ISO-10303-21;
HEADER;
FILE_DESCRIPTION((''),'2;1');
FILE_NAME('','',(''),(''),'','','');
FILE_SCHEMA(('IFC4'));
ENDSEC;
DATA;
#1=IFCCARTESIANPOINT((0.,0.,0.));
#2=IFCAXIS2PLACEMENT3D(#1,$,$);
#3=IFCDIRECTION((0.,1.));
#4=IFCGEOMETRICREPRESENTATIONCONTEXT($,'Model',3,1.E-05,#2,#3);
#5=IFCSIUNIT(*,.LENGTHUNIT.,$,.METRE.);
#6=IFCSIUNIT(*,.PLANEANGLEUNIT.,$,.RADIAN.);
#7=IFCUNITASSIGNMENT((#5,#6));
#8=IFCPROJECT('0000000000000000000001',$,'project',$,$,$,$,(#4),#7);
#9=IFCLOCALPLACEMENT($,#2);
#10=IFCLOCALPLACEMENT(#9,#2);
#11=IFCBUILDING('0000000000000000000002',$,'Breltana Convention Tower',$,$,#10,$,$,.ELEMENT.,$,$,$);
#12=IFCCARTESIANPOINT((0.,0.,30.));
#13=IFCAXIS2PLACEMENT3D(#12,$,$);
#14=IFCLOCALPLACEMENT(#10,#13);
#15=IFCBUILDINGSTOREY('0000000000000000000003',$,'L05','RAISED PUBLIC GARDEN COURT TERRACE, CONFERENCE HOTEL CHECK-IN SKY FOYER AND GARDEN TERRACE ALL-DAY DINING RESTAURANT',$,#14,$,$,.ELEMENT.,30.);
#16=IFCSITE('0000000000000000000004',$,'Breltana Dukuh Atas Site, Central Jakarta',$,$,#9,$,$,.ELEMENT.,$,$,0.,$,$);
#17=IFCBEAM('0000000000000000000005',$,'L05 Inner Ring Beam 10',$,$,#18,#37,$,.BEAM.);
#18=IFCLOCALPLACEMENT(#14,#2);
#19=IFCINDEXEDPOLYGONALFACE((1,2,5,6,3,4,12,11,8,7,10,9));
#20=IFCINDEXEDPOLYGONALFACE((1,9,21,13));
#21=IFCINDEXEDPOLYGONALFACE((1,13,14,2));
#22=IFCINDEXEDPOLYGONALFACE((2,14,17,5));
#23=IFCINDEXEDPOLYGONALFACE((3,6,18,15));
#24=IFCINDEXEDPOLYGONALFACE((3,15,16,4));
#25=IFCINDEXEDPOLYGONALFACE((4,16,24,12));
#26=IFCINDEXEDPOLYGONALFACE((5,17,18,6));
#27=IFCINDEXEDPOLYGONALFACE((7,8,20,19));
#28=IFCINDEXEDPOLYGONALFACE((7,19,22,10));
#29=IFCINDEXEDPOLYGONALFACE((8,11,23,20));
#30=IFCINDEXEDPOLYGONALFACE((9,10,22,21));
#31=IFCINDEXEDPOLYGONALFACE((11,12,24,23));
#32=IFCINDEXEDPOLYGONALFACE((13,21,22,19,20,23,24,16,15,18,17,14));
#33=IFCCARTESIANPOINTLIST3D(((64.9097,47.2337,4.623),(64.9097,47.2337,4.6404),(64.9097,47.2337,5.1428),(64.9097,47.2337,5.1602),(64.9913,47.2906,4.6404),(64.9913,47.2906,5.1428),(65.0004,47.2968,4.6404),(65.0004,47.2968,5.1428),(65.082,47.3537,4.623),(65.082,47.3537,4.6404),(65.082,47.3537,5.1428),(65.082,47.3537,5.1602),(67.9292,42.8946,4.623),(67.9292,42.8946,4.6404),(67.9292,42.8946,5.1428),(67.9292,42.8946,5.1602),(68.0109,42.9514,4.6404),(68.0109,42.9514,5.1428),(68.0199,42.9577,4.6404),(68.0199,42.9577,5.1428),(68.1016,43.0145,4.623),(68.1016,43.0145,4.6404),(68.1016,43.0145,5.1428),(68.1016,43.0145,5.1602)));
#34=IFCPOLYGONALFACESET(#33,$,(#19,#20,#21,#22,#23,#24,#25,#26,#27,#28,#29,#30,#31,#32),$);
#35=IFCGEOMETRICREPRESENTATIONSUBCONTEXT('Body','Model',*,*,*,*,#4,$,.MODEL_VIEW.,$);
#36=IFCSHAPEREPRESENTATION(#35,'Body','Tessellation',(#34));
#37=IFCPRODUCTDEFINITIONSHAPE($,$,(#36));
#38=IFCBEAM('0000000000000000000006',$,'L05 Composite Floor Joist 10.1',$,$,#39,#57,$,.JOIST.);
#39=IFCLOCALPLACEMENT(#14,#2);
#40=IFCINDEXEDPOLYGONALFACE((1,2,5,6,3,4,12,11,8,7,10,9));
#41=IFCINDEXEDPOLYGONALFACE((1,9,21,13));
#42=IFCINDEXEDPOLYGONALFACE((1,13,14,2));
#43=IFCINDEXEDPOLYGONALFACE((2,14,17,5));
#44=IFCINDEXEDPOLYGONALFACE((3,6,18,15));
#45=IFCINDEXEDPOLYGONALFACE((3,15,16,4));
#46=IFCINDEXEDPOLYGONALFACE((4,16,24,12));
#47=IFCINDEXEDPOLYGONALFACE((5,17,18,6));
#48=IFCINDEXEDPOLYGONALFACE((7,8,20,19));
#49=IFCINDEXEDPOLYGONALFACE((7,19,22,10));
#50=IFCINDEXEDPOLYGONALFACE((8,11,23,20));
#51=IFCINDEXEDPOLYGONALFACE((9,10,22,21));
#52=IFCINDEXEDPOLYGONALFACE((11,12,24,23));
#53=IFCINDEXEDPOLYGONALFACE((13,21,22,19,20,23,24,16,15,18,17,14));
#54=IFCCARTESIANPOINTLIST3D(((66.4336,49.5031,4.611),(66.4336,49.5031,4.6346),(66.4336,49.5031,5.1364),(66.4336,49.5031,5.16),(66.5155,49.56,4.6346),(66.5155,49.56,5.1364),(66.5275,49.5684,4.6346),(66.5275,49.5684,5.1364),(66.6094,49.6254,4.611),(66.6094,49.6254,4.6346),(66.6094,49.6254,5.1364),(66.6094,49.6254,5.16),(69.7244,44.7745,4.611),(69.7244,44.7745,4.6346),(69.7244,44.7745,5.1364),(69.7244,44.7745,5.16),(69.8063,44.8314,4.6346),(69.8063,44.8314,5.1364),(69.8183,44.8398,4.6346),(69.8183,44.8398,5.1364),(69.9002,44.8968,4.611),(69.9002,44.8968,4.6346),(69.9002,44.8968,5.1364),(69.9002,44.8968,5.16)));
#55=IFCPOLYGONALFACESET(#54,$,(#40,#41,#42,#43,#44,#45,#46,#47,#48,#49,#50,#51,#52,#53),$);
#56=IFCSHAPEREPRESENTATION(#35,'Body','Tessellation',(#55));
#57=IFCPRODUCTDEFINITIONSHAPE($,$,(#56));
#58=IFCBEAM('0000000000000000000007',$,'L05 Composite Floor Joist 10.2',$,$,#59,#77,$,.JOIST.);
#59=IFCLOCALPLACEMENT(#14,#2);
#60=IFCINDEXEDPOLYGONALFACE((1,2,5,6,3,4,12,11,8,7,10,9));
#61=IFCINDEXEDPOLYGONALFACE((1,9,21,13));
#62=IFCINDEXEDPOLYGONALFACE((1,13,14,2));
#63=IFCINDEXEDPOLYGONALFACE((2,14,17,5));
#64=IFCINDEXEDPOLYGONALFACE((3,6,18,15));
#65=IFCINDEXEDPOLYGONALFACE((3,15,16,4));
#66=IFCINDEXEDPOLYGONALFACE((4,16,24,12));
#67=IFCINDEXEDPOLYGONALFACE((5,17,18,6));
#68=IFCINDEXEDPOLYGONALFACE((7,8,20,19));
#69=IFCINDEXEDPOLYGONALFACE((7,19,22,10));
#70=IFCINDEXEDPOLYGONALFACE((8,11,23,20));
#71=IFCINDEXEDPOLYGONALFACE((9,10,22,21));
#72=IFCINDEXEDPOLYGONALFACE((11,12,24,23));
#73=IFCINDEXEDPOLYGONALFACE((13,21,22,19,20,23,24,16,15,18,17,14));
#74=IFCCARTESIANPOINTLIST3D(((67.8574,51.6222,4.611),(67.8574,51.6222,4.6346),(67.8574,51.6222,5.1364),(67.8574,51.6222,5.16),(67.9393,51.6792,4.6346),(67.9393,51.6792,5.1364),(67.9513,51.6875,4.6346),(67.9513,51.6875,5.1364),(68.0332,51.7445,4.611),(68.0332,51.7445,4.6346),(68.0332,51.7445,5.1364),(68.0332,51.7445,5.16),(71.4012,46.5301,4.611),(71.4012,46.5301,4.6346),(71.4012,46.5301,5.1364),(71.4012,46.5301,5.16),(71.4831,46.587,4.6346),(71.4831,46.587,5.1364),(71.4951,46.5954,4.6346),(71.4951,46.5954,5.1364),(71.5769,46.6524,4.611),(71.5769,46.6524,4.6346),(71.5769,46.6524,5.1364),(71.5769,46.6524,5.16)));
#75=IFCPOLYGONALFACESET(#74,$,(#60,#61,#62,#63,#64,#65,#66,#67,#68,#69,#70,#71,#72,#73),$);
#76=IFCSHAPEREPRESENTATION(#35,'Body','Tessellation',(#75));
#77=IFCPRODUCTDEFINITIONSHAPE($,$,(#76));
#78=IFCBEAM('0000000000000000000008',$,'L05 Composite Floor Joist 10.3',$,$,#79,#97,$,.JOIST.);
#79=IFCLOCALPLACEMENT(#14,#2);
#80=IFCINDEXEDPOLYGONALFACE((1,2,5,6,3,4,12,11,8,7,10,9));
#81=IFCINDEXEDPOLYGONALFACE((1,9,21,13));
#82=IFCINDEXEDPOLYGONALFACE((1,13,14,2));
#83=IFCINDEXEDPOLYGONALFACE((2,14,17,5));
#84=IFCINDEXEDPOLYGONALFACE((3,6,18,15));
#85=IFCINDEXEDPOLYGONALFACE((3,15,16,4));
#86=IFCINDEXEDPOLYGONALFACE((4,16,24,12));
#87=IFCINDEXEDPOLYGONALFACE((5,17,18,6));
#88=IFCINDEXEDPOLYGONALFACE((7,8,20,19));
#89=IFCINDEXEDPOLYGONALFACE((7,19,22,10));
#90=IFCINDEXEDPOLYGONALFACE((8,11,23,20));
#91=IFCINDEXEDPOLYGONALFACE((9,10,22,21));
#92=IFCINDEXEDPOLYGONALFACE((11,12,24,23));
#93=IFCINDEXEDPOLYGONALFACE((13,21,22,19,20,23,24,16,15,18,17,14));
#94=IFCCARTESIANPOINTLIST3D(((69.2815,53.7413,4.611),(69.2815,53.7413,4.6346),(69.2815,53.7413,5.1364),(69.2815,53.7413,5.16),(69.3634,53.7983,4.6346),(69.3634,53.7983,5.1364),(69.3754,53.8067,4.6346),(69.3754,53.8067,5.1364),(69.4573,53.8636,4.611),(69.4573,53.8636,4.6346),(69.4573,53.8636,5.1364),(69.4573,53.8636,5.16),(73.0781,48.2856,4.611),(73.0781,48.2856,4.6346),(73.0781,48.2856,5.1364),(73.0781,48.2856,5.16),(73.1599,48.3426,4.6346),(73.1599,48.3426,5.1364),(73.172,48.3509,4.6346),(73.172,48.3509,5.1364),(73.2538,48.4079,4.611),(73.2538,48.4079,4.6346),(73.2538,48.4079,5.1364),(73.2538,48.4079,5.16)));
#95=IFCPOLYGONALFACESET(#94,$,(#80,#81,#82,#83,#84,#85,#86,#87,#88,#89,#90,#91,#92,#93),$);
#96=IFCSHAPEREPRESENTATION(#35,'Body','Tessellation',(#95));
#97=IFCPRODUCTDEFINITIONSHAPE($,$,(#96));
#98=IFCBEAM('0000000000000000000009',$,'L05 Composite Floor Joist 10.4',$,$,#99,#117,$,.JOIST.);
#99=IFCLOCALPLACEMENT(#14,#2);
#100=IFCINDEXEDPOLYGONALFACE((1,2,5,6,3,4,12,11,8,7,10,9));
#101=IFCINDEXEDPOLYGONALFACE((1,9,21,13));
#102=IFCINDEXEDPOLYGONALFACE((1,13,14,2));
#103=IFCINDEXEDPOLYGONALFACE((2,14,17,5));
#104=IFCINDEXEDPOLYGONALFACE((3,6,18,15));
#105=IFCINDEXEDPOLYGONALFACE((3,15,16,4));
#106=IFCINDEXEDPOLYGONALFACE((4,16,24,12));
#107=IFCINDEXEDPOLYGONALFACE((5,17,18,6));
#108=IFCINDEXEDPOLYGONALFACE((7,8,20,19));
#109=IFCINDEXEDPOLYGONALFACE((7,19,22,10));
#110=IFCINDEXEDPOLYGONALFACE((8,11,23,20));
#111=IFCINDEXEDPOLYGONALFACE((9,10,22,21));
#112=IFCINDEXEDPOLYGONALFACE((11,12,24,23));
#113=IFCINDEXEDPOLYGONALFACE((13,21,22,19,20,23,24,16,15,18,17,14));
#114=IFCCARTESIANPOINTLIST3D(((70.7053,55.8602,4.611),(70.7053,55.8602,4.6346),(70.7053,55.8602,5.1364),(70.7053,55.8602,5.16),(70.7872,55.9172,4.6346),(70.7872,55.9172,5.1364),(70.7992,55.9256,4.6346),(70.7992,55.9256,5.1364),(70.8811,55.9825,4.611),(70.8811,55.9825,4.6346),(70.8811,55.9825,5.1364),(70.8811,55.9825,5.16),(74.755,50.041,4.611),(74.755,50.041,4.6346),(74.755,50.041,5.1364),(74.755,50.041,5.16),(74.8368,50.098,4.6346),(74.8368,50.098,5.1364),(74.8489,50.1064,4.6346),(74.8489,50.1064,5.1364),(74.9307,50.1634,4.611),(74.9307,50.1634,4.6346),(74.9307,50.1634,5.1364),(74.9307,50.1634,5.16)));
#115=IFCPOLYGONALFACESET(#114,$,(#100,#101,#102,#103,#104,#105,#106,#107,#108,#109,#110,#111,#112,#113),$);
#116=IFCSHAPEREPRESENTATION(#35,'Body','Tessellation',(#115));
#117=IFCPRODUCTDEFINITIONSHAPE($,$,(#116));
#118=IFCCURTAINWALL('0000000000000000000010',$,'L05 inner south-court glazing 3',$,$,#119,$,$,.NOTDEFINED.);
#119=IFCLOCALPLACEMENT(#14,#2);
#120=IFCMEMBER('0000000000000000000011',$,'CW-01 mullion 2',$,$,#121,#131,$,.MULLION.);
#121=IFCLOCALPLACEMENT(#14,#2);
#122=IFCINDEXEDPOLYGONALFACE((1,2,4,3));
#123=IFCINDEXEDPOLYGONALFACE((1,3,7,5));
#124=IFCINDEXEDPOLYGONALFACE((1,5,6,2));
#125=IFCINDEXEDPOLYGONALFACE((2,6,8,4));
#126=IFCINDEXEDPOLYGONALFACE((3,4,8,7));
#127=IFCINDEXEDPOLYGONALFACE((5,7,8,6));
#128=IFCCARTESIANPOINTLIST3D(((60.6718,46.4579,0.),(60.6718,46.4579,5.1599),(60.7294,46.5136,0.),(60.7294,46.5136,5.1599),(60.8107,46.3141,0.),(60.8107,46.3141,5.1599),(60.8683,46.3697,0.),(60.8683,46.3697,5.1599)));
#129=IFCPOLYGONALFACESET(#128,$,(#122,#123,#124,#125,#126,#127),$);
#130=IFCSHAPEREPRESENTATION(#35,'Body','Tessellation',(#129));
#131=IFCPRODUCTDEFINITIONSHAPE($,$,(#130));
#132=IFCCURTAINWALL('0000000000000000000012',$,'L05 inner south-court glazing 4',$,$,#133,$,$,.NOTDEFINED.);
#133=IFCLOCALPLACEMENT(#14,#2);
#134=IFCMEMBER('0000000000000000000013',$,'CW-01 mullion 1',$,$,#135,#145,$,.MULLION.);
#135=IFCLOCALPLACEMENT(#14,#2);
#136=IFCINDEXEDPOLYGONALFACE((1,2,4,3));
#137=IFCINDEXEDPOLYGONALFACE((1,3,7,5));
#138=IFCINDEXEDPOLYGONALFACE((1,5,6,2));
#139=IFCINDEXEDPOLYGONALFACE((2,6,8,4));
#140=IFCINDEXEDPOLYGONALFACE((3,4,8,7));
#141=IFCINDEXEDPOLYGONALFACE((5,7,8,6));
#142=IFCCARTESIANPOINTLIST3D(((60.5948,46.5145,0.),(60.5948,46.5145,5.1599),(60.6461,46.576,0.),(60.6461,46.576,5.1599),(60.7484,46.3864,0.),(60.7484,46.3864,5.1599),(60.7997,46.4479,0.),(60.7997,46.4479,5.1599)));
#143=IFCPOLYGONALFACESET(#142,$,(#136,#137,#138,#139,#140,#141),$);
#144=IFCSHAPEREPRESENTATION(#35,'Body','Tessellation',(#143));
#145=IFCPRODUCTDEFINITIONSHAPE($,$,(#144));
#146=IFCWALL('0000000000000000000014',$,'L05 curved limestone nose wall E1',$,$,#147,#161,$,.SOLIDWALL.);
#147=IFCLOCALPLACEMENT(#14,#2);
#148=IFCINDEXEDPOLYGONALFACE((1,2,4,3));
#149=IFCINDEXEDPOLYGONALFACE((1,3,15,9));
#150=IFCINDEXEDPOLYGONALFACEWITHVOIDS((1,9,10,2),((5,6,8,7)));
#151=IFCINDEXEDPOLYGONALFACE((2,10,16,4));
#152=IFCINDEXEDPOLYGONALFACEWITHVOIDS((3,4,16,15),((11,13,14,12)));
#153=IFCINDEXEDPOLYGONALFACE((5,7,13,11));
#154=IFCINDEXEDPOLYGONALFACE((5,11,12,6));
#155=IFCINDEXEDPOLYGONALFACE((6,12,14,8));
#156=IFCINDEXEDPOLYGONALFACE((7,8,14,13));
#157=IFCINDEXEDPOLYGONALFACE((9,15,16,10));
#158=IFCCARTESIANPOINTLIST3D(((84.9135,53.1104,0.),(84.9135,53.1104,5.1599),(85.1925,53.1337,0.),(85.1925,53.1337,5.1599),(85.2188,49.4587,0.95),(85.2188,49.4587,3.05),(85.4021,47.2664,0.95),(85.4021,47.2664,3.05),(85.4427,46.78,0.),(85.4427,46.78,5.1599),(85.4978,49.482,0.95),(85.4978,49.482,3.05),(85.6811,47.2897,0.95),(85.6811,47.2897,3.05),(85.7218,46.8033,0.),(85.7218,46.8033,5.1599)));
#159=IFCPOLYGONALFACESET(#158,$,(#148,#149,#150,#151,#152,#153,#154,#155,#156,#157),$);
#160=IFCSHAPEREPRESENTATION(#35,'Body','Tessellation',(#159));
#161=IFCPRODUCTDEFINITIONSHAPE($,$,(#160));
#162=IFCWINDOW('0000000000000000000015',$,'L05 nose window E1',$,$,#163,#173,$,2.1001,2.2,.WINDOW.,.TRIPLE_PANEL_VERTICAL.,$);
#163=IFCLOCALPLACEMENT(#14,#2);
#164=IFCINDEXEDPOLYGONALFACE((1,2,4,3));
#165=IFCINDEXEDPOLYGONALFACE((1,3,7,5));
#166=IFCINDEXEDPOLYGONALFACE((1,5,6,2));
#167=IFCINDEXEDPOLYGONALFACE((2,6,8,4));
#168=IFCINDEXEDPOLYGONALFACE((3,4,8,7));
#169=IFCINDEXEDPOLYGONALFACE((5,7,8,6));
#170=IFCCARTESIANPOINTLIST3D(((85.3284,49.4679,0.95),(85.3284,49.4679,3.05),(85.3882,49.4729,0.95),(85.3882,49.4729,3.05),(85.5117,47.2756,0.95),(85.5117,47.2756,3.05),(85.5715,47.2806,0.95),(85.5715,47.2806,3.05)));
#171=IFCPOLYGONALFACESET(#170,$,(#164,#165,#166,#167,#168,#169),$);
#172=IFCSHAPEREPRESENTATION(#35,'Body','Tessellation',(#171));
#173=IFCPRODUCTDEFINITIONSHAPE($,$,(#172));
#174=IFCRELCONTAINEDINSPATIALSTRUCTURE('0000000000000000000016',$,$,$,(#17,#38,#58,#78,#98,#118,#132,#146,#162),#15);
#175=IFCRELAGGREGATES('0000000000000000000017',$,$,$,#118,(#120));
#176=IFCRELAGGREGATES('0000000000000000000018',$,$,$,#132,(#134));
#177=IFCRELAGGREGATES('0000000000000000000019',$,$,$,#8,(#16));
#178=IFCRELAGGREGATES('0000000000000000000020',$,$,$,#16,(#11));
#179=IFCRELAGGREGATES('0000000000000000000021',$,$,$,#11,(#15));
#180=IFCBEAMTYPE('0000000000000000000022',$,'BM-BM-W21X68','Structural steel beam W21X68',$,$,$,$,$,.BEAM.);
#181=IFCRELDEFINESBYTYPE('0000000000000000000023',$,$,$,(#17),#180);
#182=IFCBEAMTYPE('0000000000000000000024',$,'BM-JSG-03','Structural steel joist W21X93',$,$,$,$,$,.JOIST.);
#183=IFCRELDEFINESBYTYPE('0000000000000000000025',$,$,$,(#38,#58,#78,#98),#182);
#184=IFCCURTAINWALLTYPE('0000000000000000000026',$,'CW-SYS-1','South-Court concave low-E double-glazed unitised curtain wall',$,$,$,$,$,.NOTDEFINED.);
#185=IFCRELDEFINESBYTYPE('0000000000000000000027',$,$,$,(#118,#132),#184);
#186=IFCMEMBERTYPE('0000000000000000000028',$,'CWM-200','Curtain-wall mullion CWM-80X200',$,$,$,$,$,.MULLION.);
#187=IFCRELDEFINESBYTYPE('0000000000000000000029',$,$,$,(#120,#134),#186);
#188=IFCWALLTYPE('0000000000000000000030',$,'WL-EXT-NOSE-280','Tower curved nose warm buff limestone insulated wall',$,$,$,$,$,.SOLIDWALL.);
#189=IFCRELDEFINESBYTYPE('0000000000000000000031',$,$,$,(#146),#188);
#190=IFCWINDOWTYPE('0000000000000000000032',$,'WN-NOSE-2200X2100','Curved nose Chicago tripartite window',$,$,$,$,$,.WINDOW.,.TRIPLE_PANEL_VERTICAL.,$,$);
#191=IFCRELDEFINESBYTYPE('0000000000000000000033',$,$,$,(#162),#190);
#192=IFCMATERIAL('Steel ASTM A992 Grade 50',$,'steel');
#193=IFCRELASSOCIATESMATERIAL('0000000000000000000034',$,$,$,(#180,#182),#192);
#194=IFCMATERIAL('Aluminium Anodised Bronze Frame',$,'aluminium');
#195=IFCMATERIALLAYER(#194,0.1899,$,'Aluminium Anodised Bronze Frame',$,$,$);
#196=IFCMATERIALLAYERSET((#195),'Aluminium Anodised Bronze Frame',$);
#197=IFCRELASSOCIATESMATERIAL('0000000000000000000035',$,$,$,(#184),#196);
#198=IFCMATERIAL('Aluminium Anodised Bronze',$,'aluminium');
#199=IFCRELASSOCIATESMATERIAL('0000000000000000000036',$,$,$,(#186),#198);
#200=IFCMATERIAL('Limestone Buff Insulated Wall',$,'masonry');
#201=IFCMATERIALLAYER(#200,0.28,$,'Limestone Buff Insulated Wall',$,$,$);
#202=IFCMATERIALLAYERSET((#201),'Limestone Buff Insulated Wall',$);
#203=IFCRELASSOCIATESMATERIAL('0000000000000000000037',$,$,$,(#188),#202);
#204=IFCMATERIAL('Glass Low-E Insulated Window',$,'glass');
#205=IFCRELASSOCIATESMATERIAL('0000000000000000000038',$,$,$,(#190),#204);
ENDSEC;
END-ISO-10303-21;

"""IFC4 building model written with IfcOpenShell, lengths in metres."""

from ifc_helpers import new_model, si_unit, direction, frame, frame_2d, origin, origin_2d, place, context, subcontext, project, spatial, rectangle, i_section, extrude, source, transform, mapped, material, layer, layer_set, material_profile, profile_set, type_object, type_shapes, element, fill, aggregate, save


model = new_model("IFC4")

# Units and contexts
model_context = context("Model", 3, precision=1e-05, world=origin(), true_north=direction((0.0, 1.0)))
body_context = subcontext(model_context, "Body", "Model", "MODEL_VIEW")
ifc_project = project(units=[si_unit("LENGTHUNIT", "METRE"), si_unit("PLANEANGLEUNIT", "RADIAN")], contexts=[model_context])

# Site, building, storey
site_placement = place(None, origin())
site = spatial("IfcSite", under=ifc_project, at=site_placement, Name="Breltana Dukuh Atas Site, Central Jakarta", CompositionType="ELEMENT", RefElevation=0.0)
building_placement = place(site_placement, origin())
building = spatial("IfcBuilding", under=site, at=building_placement, Name="Breltana Convention Tower", CompositionType="ELEMENT")
storey_placement = place(building_placement, frame((0.0, 0.0, 30.0)))
storey = spatial("IfcBuildingStorey", under=building, at=storey_placement, Name="L05", Description="RAISED PUBLIC GARDEN COURT TERRACE, CONFERENCE HOTEL CHECK-IN SKY FOYER AND GARDEN TERRACE ALL-DAY DINING RESTAURANT", CompositionType="ELEMENT", Elevation=30.0)

# Beams
ifc_material_1 = material(Name="Steel ASTM A992 Grade 50", Category="steel")
ifc_material_profile_1 = material_profile(ifc_material_1, i_section(OverallWidth=0.21, OverallDepth=0.5371, WebThickness=0.011, FlangeThickness=0.0173, at=origin_2d()), Name="W21X68")
ifc_profile_set_1 = profile_set([ifc_material_profile_1], Name="Steel ASTM A992 Grade 50")
beam_type_1 = type_object("IfcBeamType", Name="BM-BM-W21X68", Description="Structural steel beam W21X68", PredefinedType="BEAM", material=ifc_profile_set_1)
ifc_material_profile_2 = material_profile(ifc_material_1, i_section(OverallWidth=0.2141, OverallDepth=0.5491, WebThickness=0.0146, FlangeThickness=0.0237, at=origin_2d()), Name="W21X93")
ifc_profile_set_2 = profile_set([ifc_material_profile_2], Name="Steel ASTM A992 Grade 50")
beam_type_2 = type_object("IfcBeamType", Name="BM-JSG-03", Description="Structural steel joist W21X93", PredefinedType="JOIST", material=ifc_profile_set_2)
shared_shape_1 = source(origin(), body_context, "Body", "SweptSolid", [
    extrude(i_section(OverallWidth=0.21, OverallDepth=0.5371, WebThickness=0.011, FlangeThickness=0.0173, at=origin_2d()), origin(), (0.0, 0.0, 1.0), 5.2864),
])
beam_1_placement = place(storey_placement, frame((64.9958, 47.2937, 4.8916), z_axis=(0.571194, -0.820815, 0.0), x_axis=(0.820815, 0.571194, 0.0)))
element("IfcBeam", 1, at=beam_1_placement, inside=storey, type_object=beam_type_1, Name="L05 Inner Ring Beam 10", PredefinedType="BEAM", context=body_context, shape_type="MappedRepresentation", body=[
    mapped(shared_shape_1, transform((0.0, 0.0, 0.0), scale=1.0)),
])
shared_shape_2 = source(origin(), body_context, "Body", "SweptSolid", [
    extrude(i_section(OverallWidth=0.2141, OverallDepth=0.5491, WebThickness=0.0146, FlangeThickness=0.0237, at=origin_2d()), origin(), (0.0, 0.0, 1.0), 5.761),
])
beam_2_placement = place(storey_placement, frame((66.5215, 49.5642, 4.8855), z_axis=(0.571225, -0.820794, 0.0), x_axis=(0.820794, 0.571225, 0.0)))
element("IfcBeam", 2, at=beam_2_placement, inside=storey, type_object=beam_type_2, Name="L05 Composite Floor Joist 10.1", PredefinedType="JOIST", context=body_context, shape_type="MappedRepresentation", body=[
    mapped(shared_shape_2, transform((0.0, 0.0, 0.0), scale=1.0)),
])
shared_shape_3 = source(origin(), body_context, "Body", "SweptSolid", [
    extrude(i_section(OverallWidth=0.2141, OverallDepth=0.5491, WebThickness=0.0146, FlangeThickness=0.0237, at=origin_2d()), origin(), (0.0, 0.0, 1.0), 6.2039),
])
beam_3_placement = place(storey_placement, frame((67.9453, 51.6833, 4.8855), z_axis=(0.571218, -0.820799, 0.0), x_axis=(0.820799, 0.571218, 0.0)))
element("IfcBeam", 3, at=beam_3_placement, inside=storey, type_object=beam_type_2, Name="L05 Composite Floor Joist 10.2", PredefinedType="JOIST", context=body_context, shape_type="MappedRepresentation", body=[
    mapped(shared_shape_3, transform((0.0, 0.0, 0.0), scale=1.0)),
])
shared_shape_4 = source(origin(), body_context, "Body", "SweptSolid", [
    extrude(i_section(OverallWidth=0.2141, OverallDepth=0.5491, WebThickness=0.0146, FlangeThickness=0.0237, at=origin_2d()), origin(), (0.0, 0.0, 1.0), 6.6467),
])
beam_4_placement = place(storey_placement, frame((69.3694, 53.8025, 4.8855), z_axis=(0.571195, -0.820815, 0.0), x_axis=(0.820815, 0.571195, 0.0)))
element("IfcBeam", 4, at=beam_4_placement, inside=storey, type_object=beam_type_2, Name="L05 Composite Floor Joist 10.3", PredefinedType="JOIST", context=body_context, shape_type="MappedRepresentation", body=[
    mapped(shared_shape_4, transform((0.0, 0.0, 0.0), scale=1.0)),
])
shared_shape_5 = source(origin(), body_context, "Body", "SweptSolid", [
    extrude(i_section(OverallWidth=0.2141, OverallDepth=0.5491, WebThickness=0.0146, FlangeThickness=0.0237, at=origin_2d()), origin(), (0.0, 0.0, 1.0), 7.0896),
])
beam_5_placement = place(storey_placement, frame((70.7932, 55.9214, 4.8855), z_axis=(0.571207, -0.820806, 0.0), x_axis=(0.820806, 0.571207, 0.0)))
element("IfcBeam", 5, at=beam_5_placement, inside=storey, type_object=beam_type_2, Name="L05 Composite Floor Joist 10.4", PredefinedType="JOIST", context=body_context, shape_type="MappedRepresentation", body=[
    mapped(shared_shape_5, transform((0.0, 0.0, 0.0), scale=1.0)),
])

# Curtain walls, members
ifc_material_2 = material(Name="Aluminium Anodised Bronze Frame", Category="aluminium")
ifc_layer_1 = layer(ifc_material_2, 0.1899, Name="Aluminium Anodised Bronze Frame")
ifc_layer_set_1 = layer_set([ifc_layer_1], Name="Aluminium Anodised Bronze Frame")
curtain_wall_type = type_object("IfcCurtainWallType", Name="CW-SYS-1", Description="South-Court concave low-E double-glazed unitised curtain wall", PredefinedType="NOTDEFINED", material=ifc_layer_set_1)
curtain_wall_1_placement = place(storey_placement, origin())
curtain_wall_1 = element("IfcCurtainWall", 6, at=curtain_wall_1_placement, inside=storey, type_object=curtain_wall_type, Name="L05 inner south-court glazing 3", PredefinedType="NOTDEFINED")
ifc_material_3 = material(Name="Aluminium Anodised Bronze", Category="aluminium")
ifc_material_profile_3 = material_profile(ifc_material_3, rectangle(XDim=0.0801, YDim=0.2, at=origin_2d()), Name="CWM-80X200")
ifc_profile_set_3 = profile_set([ifc_material_profile_3], Name="Aluminium Anodised Bronze")
member_type = type_object("IfcMemberType", Name="CWM-200", Description="Curtain-wall mullion CWM-80X200", PredefinedType="MULLION", material=ifc_profile_set_3)
shared_shape_6 = source(origin(), body_context, "Body", "SweptSolid", [
    extrude(rectangle(XDim=0.0801, YDim=0.2, at=origin_2d()), origin(), (0.0, 0.0, 1.0), 5.1599),
])
type_shapes(member_type, [shared_shape_6])
member_1_placement = place(storey_placement, frame((60.77, 46.4138, 0.0), z_axis=(0.0, 0.0, 1.0), x_axis=(-0.719385, -0.694612, 0.0)))
member_1 = element("IfcMember", 7, at=member_1_placement, type_object=member_type, Name="CW-01 mullion 2", PredefinedType="MULLION", context=body_context, shape_type="MappedRepresentation", body=[
    mapped(shared_shape_6, transform((0.0, 0.0, 0.0), scale=1.0)),
])
aggregate(curtain_wall_1, [member_1])
curtain_wall_2_placement = place(storey_placement, origin())
curtain_wall_2 = element("IfcCurtainWall", 8, at=curtain_wall_2_placement, inside=storey, type_object=curtain_wall_type, Name="L05 inner south-court glazing 4", PredefinedType="NOTDEFINED")
member_2_placement = place(storey_placement, frame((60.6973, 46.4812, 0.0), z_axis=(0.0, 0.0, 1.0), x_axis=(-0.640523, -0.767939, 0.0)))
member_2 = element("IfcMember", 9, at=member_2_placement, type_object=member_type, Name="CW-01 mullion 1", PredefinedType="MULLION", context=body_context, shape_type="MappedRepresentation", body=[
    mapped(shared_shape_6, transform((0.0, 0.0, 0.0), scale=1.0)),
])
aggregate(curtain_wall_2, [member_2])

# Wall, opening, window
ifc_material_4 = material(Name="Limestone Buff Insulated Wall", Category="masonry")
ifc_layer_2 = layer(ifc_material_4, 0.28, Name="Limestone Buff Insulated Wall")
ifc_layer_set_2 = layer_set([ifc_layer_2], Name="Limestone Buff Insulated Wall")
wall_type_1 = type_object("IfcWallType", Name="WL-EXT-NOSE-280", Description="Tower curved nose warm buff limestone insulated wall", PredefinedType="SOLIDWALL", material=ifc_layer_set_2)
shared_shape_7 = source(origin(), body_context, "Body", "SweptSolid", [
    extrude(rectangle(XDim=6.3525, YDim=0.28, at=frame_2d((3.1763, 0.0))), origin(), (0.0, 0.0, 1.0), 5.1599),
])
type_shapes(wall_type_1, [shared_shape_7])
wall_1_placement = place(storey_placement, frame((85.053, 53.1221, 0.0), z_axis=(0.0, 0.0, 1.0), x_axis=(0.083319, -0.996523, 0.0)))
wall_1 = element("IfcWall", 10, at=wall_1_placement, inside=storey, type_object=wall_type_1, Name="L05 curved limestone nose wall E1", PredefinedType="SOLIDWALL", context=body_context, shape_type="MappedRepresentation", body=[
    mapped(shared_shape_7, transform((0.0, 0.0, 0.0), scale=1.0)),
])
opening_1_placement = place(wall_1_placement, frame((3.6643, 0.0, 0.95)))
opening_1 = element("IfcOpeningElement", 11, at=opening_1_placement, cuts=wall_1, PredefinedType="OPENING", context=body_context, shape_type="SweptSolid", body=[
    extrude(rectangle(XDim=2.2, YDim=2.1001, at=frame_2d((1.1001, 1.05))), frame((0.0, 0.1499, 0.0), z_axis=(0.0, -1.0, 0.0), x_axis=(1.0, 0.0, 0.0)), (0.0, 0.0, 1.0), 0.3),
])
ifc_material_5 = material(Name="Glass Low-E Insulated Window", Category="glass")
window_type = type_object("IfcWindowType", Name="WN-NOSE-2200X2100", Description="Curved nose Chicago tripartite window", PartitioningType="TRIPLE_PANEL_VERTICAL", PredefinedType="WINDOW", material=ifc_material_5)
shared_shape_8 = source(origin(), body_context, "Body", "SweptSolid", [
    extrude(rectangle(XDim=2.2, YDim=2.1001, at=frame_2d((1.1001, 1.05))), frame((0.0, 0.03, 0.0), z_axis=(0.0, -1.0, 0.0), x_axis=(1.0, 0.0, 0.0)), (0.0, 0.0, 1.0), 0.0601),
])
type_shapes(window_type, [shared_shape_8])
window_1_placement = place(opening_1_placement, origin())
window_1 = element("IfcWindow", 12, at=window_1_placement, inside=storey, type_object=window_type, Name="L05 nose window E1", OverallHeight=2.1001, OverallWidth=2.2, PartitioningType="TRIPLE_PANEL_VERTICAL", PredefinedType="WINDOW", context=body_context, shape_type="MappedRepresentation", body=[
    mapped(shared_shape_8, transform((0.0, 0.0, 0.0), scale=1.0)),
])
fill(opening_1, window_1)

save(model, "model.ifc")
